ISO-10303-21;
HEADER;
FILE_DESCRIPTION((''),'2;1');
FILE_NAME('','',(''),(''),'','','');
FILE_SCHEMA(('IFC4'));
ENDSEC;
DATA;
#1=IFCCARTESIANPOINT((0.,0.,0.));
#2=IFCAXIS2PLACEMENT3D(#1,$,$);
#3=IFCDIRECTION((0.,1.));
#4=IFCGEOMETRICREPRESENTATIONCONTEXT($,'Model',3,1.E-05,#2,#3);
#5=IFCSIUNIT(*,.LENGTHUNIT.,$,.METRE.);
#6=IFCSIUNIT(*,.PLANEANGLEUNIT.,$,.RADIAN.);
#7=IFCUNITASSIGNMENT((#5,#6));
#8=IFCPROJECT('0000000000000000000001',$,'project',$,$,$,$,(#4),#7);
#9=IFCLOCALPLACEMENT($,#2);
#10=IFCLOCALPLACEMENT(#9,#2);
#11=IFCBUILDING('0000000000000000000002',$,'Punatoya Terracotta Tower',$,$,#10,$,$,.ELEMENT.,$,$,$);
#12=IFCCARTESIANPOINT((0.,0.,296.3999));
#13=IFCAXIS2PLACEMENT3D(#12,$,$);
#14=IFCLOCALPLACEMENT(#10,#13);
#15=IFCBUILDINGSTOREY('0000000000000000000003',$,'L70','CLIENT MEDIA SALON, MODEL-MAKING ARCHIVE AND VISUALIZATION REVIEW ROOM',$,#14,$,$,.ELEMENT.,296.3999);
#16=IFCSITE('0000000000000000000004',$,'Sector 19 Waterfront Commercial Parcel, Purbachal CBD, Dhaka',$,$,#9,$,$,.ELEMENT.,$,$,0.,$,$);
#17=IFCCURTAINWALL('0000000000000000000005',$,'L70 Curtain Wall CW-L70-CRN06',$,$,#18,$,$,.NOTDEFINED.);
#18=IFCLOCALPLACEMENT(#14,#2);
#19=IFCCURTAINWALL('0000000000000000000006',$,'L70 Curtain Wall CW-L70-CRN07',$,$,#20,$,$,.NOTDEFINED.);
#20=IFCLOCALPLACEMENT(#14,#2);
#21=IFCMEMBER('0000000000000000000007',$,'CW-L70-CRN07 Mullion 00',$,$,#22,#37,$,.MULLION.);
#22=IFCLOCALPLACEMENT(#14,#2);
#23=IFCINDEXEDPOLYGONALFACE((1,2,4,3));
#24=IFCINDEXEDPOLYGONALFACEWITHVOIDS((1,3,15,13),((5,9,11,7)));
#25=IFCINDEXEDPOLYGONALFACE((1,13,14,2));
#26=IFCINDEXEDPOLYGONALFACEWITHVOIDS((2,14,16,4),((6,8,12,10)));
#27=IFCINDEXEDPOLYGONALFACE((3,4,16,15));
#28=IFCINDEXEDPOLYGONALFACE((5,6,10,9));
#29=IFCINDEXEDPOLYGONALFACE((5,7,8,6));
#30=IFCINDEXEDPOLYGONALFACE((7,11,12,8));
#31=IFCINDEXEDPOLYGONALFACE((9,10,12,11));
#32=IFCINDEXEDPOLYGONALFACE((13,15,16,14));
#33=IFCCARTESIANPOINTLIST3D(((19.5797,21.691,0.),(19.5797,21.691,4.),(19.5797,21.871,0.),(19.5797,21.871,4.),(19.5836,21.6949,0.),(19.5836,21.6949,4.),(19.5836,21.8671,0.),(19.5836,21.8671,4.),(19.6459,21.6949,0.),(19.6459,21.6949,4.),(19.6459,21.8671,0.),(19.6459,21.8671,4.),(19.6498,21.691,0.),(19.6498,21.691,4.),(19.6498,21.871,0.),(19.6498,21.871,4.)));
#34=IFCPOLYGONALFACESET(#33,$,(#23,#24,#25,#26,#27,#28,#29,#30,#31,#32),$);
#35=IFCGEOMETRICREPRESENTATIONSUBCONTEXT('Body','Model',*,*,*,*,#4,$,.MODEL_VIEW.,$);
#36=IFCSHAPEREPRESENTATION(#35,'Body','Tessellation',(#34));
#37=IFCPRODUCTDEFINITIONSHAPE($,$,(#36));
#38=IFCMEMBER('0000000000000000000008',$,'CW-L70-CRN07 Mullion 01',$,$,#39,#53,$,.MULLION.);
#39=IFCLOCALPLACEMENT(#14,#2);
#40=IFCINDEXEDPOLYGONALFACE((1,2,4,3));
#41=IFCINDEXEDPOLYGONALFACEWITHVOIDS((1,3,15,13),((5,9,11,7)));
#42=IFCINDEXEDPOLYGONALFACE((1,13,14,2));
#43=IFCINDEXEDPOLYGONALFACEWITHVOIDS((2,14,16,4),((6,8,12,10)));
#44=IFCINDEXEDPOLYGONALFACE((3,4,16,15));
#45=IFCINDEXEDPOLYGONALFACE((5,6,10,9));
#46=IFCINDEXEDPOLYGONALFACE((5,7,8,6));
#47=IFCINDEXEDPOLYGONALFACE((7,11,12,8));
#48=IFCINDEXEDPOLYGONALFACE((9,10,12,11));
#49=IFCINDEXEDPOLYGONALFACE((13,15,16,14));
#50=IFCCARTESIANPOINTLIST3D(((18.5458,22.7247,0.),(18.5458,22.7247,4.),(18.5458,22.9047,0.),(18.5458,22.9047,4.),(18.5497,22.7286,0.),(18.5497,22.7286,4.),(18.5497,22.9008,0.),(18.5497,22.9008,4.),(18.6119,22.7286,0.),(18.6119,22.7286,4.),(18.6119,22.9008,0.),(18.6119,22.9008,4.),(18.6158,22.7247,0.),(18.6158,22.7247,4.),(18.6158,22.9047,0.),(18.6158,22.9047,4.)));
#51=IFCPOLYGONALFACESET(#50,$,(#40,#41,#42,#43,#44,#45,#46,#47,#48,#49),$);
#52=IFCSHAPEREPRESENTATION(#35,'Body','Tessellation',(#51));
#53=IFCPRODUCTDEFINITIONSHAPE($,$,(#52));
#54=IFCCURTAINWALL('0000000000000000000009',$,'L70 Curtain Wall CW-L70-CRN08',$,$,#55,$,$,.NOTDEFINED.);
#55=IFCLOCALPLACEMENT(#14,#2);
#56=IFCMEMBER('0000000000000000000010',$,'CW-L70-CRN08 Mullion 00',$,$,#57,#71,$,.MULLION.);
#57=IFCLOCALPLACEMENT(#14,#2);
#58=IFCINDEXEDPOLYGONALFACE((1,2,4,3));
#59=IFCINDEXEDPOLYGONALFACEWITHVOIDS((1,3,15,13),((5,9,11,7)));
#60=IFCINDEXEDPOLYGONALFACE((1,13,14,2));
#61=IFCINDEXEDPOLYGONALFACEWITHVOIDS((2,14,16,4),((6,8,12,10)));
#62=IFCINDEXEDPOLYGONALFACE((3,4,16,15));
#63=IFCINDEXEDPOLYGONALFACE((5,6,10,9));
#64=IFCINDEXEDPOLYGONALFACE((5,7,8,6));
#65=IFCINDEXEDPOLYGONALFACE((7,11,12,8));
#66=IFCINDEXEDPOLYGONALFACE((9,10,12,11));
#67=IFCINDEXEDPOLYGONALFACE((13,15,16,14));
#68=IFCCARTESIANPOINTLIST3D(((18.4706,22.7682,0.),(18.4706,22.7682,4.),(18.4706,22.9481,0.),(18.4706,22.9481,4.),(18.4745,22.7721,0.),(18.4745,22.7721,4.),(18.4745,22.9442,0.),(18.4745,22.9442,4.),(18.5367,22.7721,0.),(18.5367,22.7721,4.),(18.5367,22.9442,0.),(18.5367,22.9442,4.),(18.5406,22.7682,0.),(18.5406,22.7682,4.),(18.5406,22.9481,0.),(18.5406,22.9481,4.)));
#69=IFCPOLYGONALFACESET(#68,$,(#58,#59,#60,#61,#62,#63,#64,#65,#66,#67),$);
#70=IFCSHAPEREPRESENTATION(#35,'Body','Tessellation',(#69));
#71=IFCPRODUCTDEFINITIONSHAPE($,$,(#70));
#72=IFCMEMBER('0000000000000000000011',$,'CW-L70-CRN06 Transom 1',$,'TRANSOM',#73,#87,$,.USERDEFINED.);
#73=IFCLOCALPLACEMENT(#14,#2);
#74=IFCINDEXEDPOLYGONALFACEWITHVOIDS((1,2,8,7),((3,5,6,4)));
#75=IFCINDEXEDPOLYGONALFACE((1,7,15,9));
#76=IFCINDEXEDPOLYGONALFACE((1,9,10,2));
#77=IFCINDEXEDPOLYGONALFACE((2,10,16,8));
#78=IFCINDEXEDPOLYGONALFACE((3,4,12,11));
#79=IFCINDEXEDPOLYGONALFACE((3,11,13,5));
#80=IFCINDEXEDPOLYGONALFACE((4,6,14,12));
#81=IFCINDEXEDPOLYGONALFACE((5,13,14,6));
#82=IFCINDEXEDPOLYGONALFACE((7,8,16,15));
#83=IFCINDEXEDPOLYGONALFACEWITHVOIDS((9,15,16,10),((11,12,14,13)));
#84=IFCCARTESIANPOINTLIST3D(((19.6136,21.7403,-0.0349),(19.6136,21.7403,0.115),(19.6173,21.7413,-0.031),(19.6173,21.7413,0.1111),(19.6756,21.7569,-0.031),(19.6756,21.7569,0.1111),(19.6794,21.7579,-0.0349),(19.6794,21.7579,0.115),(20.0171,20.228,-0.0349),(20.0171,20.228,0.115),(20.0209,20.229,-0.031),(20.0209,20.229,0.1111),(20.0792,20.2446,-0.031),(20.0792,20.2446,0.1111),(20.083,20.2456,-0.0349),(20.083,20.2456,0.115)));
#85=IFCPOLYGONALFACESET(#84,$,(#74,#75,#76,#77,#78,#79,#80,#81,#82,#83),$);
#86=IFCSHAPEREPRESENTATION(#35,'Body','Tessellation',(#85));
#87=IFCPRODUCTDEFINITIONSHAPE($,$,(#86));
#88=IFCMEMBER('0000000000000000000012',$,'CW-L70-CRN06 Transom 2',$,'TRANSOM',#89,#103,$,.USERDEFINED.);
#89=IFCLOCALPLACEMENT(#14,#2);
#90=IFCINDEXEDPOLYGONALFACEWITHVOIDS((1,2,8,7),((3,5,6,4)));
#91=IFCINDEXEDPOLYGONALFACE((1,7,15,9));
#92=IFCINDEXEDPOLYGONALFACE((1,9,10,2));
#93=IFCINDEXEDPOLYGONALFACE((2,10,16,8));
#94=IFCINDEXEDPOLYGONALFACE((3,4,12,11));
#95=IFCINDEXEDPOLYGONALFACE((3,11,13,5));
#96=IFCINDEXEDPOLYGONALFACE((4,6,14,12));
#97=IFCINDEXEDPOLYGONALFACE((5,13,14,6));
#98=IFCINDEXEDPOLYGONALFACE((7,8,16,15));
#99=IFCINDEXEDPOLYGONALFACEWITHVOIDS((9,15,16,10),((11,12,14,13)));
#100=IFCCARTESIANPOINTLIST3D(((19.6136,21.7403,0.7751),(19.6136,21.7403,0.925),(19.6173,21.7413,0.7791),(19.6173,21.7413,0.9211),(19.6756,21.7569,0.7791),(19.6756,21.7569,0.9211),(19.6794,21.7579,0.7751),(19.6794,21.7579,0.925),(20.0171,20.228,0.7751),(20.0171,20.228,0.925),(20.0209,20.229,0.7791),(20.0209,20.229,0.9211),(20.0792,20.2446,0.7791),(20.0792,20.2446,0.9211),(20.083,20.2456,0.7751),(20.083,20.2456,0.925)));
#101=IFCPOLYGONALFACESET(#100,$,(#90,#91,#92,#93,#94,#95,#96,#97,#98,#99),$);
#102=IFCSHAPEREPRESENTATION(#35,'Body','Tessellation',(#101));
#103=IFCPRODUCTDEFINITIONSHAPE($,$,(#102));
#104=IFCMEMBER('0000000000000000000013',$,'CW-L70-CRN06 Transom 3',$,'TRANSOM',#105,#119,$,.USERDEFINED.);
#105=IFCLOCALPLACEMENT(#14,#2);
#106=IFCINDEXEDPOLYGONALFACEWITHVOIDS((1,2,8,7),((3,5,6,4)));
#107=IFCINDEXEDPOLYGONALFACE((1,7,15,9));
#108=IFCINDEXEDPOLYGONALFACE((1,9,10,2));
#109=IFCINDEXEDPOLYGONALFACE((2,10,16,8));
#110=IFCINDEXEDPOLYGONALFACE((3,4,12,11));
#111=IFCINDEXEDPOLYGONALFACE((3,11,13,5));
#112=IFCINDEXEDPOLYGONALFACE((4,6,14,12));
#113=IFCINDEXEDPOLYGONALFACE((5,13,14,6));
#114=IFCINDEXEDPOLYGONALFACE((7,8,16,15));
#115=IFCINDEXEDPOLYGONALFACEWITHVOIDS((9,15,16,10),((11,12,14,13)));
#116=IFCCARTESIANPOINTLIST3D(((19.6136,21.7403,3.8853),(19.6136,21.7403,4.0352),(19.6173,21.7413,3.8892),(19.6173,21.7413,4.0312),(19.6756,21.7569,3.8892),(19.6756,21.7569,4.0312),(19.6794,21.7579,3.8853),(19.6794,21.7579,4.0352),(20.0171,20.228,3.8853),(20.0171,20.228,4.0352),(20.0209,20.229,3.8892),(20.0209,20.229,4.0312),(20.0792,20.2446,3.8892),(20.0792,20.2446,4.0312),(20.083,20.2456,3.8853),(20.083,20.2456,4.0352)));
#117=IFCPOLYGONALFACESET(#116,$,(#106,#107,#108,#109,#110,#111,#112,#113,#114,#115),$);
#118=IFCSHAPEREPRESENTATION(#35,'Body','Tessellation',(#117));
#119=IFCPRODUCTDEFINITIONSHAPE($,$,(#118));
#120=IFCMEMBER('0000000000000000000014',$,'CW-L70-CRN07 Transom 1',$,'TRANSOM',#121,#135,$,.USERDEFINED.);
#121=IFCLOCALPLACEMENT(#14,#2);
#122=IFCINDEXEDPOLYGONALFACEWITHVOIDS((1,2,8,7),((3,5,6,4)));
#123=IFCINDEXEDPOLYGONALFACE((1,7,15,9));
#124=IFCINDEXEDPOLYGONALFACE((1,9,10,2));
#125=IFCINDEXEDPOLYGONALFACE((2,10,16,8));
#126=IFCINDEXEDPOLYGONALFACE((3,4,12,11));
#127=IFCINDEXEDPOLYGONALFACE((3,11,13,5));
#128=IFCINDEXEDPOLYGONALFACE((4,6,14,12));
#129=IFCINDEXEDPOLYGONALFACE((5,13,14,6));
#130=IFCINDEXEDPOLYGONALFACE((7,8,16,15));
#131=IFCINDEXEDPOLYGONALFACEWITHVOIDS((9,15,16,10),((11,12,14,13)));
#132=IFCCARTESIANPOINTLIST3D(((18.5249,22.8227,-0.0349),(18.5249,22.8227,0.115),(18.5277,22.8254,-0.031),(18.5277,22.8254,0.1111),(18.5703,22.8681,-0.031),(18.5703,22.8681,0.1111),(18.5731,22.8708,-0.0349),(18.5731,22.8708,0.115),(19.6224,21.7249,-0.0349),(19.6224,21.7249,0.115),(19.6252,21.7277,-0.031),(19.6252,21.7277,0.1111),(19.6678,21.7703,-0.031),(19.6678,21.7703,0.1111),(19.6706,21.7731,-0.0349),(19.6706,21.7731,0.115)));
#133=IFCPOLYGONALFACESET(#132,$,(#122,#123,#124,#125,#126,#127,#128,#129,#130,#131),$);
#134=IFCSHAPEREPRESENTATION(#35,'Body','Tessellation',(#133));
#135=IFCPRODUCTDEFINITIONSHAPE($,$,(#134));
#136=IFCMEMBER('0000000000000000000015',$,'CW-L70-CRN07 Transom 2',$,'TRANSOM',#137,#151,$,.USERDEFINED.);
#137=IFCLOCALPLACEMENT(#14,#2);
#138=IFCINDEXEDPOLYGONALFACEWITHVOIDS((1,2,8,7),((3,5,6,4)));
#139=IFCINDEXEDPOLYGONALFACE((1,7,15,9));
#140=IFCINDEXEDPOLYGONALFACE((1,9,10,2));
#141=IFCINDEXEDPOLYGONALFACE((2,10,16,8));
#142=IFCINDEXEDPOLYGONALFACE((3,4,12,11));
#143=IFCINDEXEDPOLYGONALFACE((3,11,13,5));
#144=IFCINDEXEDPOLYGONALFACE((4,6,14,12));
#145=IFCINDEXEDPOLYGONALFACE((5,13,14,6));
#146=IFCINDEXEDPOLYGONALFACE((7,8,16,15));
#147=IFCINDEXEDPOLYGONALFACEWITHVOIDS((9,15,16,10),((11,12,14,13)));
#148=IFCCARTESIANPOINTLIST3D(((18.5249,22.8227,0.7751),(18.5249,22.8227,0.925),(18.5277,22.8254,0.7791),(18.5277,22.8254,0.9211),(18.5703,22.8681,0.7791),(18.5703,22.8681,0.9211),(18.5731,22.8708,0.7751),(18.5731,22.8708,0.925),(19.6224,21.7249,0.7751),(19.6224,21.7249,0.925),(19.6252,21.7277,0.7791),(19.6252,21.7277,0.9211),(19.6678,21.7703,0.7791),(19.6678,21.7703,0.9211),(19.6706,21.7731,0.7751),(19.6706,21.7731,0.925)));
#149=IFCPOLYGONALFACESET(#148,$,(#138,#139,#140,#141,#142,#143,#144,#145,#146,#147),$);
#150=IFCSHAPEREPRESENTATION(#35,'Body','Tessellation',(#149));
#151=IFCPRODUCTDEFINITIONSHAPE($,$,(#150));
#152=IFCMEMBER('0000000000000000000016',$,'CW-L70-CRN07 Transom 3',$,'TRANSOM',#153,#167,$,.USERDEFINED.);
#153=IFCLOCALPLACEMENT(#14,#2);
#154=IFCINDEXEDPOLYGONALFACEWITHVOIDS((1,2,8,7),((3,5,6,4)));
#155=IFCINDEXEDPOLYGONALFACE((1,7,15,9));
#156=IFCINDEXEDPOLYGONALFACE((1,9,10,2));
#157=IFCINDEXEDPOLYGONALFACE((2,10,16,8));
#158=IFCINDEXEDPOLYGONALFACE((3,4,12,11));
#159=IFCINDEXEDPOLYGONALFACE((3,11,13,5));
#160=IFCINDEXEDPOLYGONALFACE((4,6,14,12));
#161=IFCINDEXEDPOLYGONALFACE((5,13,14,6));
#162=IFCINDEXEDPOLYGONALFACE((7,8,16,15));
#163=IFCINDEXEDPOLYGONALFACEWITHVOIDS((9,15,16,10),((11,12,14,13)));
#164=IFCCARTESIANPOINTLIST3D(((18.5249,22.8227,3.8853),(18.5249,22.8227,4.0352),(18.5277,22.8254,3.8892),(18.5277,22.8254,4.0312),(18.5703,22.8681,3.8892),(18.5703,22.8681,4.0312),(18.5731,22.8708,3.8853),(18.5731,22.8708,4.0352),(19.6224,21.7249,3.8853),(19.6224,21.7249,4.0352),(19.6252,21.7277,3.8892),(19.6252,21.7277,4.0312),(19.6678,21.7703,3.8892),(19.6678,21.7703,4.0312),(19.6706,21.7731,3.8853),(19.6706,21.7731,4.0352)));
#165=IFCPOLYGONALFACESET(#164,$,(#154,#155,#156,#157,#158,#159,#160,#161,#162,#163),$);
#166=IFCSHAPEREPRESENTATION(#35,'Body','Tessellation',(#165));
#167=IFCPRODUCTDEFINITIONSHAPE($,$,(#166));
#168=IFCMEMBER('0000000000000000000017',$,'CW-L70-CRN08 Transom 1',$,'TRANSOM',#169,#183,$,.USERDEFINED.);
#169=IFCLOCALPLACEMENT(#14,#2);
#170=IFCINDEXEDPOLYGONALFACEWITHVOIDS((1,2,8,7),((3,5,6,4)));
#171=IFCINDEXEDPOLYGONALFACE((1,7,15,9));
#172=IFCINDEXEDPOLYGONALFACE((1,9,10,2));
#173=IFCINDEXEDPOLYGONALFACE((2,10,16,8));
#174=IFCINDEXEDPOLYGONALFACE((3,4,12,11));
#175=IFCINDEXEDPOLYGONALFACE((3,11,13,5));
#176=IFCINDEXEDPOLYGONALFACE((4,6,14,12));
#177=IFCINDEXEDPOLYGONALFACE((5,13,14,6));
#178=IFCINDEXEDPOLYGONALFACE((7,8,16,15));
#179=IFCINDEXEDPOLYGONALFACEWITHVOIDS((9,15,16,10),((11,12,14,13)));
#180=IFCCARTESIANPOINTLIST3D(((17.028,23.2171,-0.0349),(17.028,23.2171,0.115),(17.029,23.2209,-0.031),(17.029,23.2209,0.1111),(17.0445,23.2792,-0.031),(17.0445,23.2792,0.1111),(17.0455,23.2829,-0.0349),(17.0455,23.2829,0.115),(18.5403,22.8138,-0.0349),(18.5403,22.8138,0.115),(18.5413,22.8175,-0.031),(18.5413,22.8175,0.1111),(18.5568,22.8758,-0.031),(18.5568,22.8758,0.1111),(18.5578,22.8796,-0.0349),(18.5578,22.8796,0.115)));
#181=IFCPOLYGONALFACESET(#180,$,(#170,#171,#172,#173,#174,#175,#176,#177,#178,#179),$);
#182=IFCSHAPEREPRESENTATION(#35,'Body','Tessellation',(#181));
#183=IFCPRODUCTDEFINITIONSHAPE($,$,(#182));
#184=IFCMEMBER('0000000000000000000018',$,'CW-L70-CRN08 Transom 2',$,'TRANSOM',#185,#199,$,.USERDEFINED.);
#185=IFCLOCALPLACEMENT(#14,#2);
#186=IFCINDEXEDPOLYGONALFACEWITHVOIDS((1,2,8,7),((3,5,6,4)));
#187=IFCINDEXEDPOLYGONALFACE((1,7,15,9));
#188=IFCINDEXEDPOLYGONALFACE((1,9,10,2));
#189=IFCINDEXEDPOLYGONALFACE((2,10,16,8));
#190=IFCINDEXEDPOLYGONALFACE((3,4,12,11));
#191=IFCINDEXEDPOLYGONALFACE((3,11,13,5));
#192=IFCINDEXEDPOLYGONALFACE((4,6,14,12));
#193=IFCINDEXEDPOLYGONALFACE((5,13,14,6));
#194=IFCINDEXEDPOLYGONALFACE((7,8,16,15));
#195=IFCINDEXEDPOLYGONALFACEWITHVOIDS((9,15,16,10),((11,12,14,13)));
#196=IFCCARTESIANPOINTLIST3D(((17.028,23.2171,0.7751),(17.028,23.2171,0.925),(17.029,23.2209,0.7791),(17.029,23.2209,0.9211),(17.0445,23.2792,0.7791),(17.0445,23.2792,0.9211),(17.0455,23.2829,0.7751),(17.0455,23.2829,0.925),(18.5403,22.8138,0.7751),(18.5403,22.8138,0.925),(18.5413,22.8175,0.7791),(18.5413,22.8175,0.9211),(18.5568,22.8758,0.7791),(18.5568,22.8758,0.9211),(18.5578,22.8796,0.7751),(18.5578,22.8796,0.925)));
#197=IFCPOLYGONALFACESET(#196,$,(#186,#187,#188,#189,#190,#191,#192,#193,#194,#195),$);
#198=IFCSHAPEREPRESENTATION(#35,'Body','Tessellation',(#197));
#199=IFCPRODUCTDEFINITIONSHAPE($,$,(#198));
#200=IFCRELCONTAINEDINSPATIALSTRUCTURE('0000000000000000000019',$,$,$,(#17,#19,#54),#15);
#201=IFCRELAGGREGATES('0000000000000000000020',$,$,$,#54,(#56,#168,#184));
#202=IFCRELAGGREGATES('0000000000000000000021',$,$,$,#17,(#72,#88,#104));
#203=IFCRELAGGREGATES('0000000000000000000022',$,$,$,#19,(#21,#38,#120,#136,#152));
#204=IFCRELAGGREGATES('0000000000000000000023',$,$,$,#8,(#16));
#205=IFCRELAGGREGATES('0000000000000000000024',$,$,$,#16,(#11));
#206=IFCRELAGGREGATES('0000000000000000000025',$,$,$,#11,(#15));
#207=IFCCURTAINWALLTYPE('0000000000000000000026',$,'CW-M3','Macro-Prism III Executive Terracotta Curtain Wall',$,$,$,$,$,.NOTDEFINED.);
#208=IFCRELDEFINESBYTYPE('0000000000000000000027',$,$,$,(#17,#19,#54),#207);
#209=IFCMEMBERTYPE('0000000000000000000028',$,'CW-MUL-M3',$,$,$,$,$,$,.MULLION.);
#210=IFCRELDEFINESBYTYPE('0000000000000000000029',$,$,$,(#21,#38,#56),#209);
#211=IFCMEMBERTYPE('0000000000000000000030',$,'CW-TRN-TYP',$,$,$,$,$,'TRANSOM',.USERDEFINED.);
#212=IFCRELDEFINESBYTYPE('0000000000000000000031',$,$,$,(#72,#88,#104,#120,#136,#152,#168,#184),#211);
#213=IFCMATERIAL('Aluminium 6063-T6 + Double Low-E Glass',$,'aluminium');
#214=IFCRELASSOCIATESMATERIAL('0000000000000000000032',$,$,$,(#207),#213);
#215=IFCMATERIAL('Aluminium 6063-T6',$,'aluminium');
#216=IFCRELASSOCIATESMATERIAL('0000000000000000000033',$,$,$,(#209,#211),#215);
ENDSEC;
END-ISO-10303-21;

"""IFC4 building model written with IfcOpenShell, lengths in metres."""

from ifc_helpers import new_model, si_unit, direction, frame, origin, origin_2d, place, context, subcontext, project, spatial, hollow_rectangle, extrude, material, material_profile, profile_set, type_object, element, aggregate, save


model = new_model("IFC4")

# Units and contexts
model_context = context("Model", 3, precision=1e-05, world=origin(), true_north=direction((0.0, 1.0)))
body_context = subcontext(model_context, "Body", "Model", "MODEL_VIEW")
ifc_project = project(units=[si_unit("LENGTHUNIT", "METRE"), si_unit("PLANEANGLEUNIT", "RADIAN")], contexts=[model_context])

# Site, building, storey
site_placement = place(None, origin())
site = spatial("IfcSite", under=ifc_project, at=site_placement, Name="Sector 19 Waterfront Commercial Parcel, Purbachal CBD, Dhaka", CompositionType="ELEMENT", RefElevation=0.0)
building_placement = place(site_placement, origin())
building = spatial("IfcBuilding", under=site, at=building_placement, Name="Punatoya Terracotta Tower", CompositionType="ELEMENT")
storey_placement = place(building_placement, frame((0.0, 0.0, 296.3999)))
storey = spatial("IfcBuildingStorey", under=building, at=storey_placement, Name="L70", Description="CLIENT MEDIA SALON, MODEL-MAKING ARCHIVE AND VISUALIZATION REVIEW ROOM", CompositionType="ELEMENT", Elevation=296.3999)

# Curtain walls, members
ifc_material_1 = material(Name="Aluminium 6063-T6 + Double Low-E Glass", Category="aluminium")
curtain_wall_type = type_object("IfcCurtainWallType", Name="CW-M3", Description="Macro-Prism III Executive Terracotta Curtain Wall", PredefinedType="NOTDEFINED", material=ifc_material_1)
ifc_material_2 = material(Name="Aluminium 6063-T6", Category="aluminium")
ifc_material_profile_1 = material_profile(ifc_material_2, hollow_rectangle(XDim=0.0701, YDim=0.1799, WallThickness=0.0039, at=origin_2d()))
ifc_profile_set_1 = profile_set([ifc_material_profile_1], Name="Aluminium 6063-T6")
member_type_1 = type_object("IfcMemberType", Name="CW-MUL-M3", PredefinedType="MULLION", material=ifc_profile_set_1)
curtain_wall_1_placement = place(storey_placement, origin())
curtain_wall_1 = element("IfcCurtainWall", 1, at=curtain_wall_1_placement, inside=storey, type_object=curtain_wall_type, Name="L70 Curtain Wall CW-L70-CRN06", PredefinedType="NOTDEFINED")
curtain_wall_2_placement = place(storey_placement, origin())
curtain_wall_2 = element("IfcCurtainWall", 2, at=curtain_wall_2_placement, inside=storey, type_object=curtain_wall_type, Name="L70 Curtain Wall CW-L70-CRN07", PredefinedType="NOTDEFINED")
member_1_placement = place(storey_placement, frame((19.6147, 21.781, 0.0), z_axis=(0.0, 0.0, 1.0), x_axis=(1.0, 0.0, 0.0)))
member_1 = element("IfcMember", 3, at=member_1_placement, type_object=member_type_1, Name="CW-L70-CRN07 Mullion 00", PredefinedType="MULLION", context=body_context, shape_type="SweptSolid", body=[
    extrude(hollow_rectangle(XDim=0.0701, YDim=0.1799, WallThickness=0.0039, at=origin_2d()), origin(), (0.0, 0.0, 1.0), 4.0),
])
member_2_placement = place(storey_placement, frame((18.5808, 22.8147, 0.0), z_axis=(0.0, 0.0, 1.0), x_axis=(1.0, 0.0, 0.0)))
member_2 = element("IfcMember", 4, at=member_2_placement, type_object=member_type_1, Name="CW-L70-CRN07 Mullion 01", PredefinedType="MULLION", context=body_context, shape_type="SweptSolid", body=[
    extrude(hollow_rectangle(XDim=0.0701, YDim=0.1799, WallThickness=0.0039, at=origin_2d()), origin(), (0.0, 0.0, 1.0), 4.0),
])

# Curtain wall, member
curtain_wall_3_placement = place(storey_placement, origin())
curtain_wall_3 = element("IfcCurtainWall", 5, at=curtain_wall_3_placement, inside=storey, type_object=curtain_wall_type, Name="L70 Curtain Wall CW-L70-CRN08", PredefinedType="NOTDEFINED")
member_3_placement = place(storey_placement, frame((18.5056, 22.8582, 0.0), z_axis=(0.0, 0.0, 1.0), x_axis=(1.0, 0.0, 0.0)))
member_3 = element("IfcMember", 6, at=member_3_placement, type_object=member_type_1, Name="CW-L70-CRN08 Mullion 00", PredefinedType="MULLION", context=body_context, shape_type="SweptSolid", body=[
    extrude(hollow_rectangle(XDim=0.0701, YDim=0.1799, WallThickness=0.0039, at=origin_2d()), origin(), (0.0, 0.0, 1.0), 4.0),
])

# Members
ifc_material_profile_2 = material_profile(ifc_material_2, hollow_rectangle(XDim=0.0681, YDim=0.1499, WallThickness=0.0039, at=origin_2d()))
ifc_profile_set_2 = profile_set([ifc_material_profile_2], Name="Aluminium 6063-T6")
member_type_2 = type_object("IfcMemberType", Name="CW-TRN-TYP", ElementType="TRANSOM", PredefinedType="USERDEFINED", material=ifc_profile_set_2)
member_4_placement = place(storey_placement, frame((20.05, 20.2368, 0.04), z_axis=(-0.257847, 0.966186, 0.0), x_axis=(-0.966186, -0.257847, 0.0)))
member_4 = element("IfcMember", 7, at=member_4_placement, type_object=member_type_2, Name="CW-L70-CRN06 Transom 1", ObjectType="TRANSOM", PredefinedType="USERDEFINED", context=body_context, shape_type="SweptSolid", body=[
    extrude(hollow_rectangle(XDim=0.0681, YDim=0.1499, WallThickness=0.0039, at=origin_2d()), origin(), (0.0, 0.0, 1.0), 1.5652),
])
member_5_placement = place(storey_placement, frame((20.05, 20.2368, 0.8501), z_axis=(-0.257847, 0.966186, 0.0), x_axis=(-0.966186, -0.257847, 0.0)))
member_5 = element("IfcMember", 8, at=member_5_placement, type_object=member_type_2, Name="CW-L70-CRN06 Transom 2", ObjectType="TRANSOM", PredefinedType="USERDEFINED", context=body_context, shape_type="SweptSolid", body=[
    extrude(hollow_rectangle(XDim=0.0681, YDim=0.1499, WallThickness=0.0039, at=origin_2d()), origin(), (0.0, 0.0, 1.0), 1.5652),
])
member_6_placement = place(storey_placement, frame((20.05, 20.2368, 3.9602), z_axis=(-0.257847, 0.966186, 0.0), x_axis=(-0.966186, -0.257847, 0.0)))
member_6 = element("IfcMember", 9, at=member_6_placement, type_object=member_type_2, Name="CW-L70-CRN06 Transom 3", ObjectType="TRANSOM", PredefinedType="USERDEFINED", context=body_context, shape_type="SweptSolid", body=[
    extrude(hollow_rectangle(XDim=0.0681, YDim=0.1499, WallThickness=0.0039, at=origin_2d()), origin(), (0.0, 0.0, 1.0), 1.5652),
])
member_7_placement = place(storey_placement, frame((19.6465, 21.749, 0.04), z_axis=(-0.707028, 0.707185, 0.0), x_axis=(-0.707185, -0.707028, 0.0)))
member_7 = element("IfcMember", 10, at=member_7_placement, type_object=member_type_2, Name="CW-L70-CRN07 Transom 1", ObjectType="TRANSOM", PredefinedType="USERDEFINED", context=body_context, shape_type="SweptSolid", body=[
    extrude(hollow_rectangle(XDim=0.0681, YDim=0.1499, WallThickness=0.0039, at=origin_2d()), origin(), (0.0, 0.0, 1.0), 1.5522),
])
member_8_placement = place(storey_placement, frame((19.6465, 21.749, 0.8501), z_axis=(-0.707028, 0.707185, 0.0), x_axis=(-0.707185, -0.707028, 0.0)))
member_8 = element("IfcMember", 11, at=member_8_placement, type_object=member_type_2, Name="CW-L70-CRN07 Transom 2", ObjectType="TRANSOM", PredefinedType="USERDEFINED", context=body_context, shape_type="SweptSolid", body=[
    extrude(hollow_rectangle(XDim=0.0681, YDim=0.1499, WallThickness=0.0039, at=origin_2d()), origin(), (0.0, 0.0, 1.0), 1.5522),
])
member_9_placement = place(storey_placement, frame((19.6465, 21.749, 3.9602), z_axis=(-0.707028, 0.707185, 0.0), x_axis=(-0.707185, -0.707028, 0.0)))
member_9 = element("IfcMember", 12, at=member_9_placement, type_object=member_type_2, Name="CW-L70-CRN07 Transom 3", ObjectType="TRANSOM", PredefinedType="USERDEFINED", context=body_context, shape_type="SweptSolid", body=[
    extrude(hollow_rectangle(XDim=0.0681, YDim=0.1499, WallThickness=0.0039, at=origin_2d()), origin(), (0.0, 0.0, 1.0), 1.5522),
])
member_10_placement = place(storey_placement, frame((18.5491, 22.8467, 0.04), z_axis=(-0.966225, 0.257701, 0.0), x_axis=(-0.257701, -0.966225, 0.0)))
member_10 = element("IfcMember", 13, at=member_10_placement, type_object=member_type_2, Name="CW-L70-CRN08 Transom 1", ObjectType="TRANSOM", PredefinedType="USERDEFINED", context=body_context, shape_type="SweptSolid", body=[
    extrude(hollow_rectangle(XDim=0.0681, YDim=0.1499, WallThickness=0.0039, at=origin_2d()), origin(), (0.0, 0.0, 1.0), 1.5652),
])
member_11_placement = place(storey_placement, frame((18.5491, 22.8467, 0.8501), z_axis=(-0.966225, 0.257701, 0.0), x_axis=(-0.257701, -0.966225, 0.0)))
member_11 = element("IfcMember", 14, at=member_11_placement, type_object=member_type_2, Name="CW-L70-CRN08 Transom 2", ObjectType="TRANSOM", PredefinedType="USERDEFINED", context=body_context, shape_type="SweptSolid", body=[
    extrude(hollow_rectangle(XDim=0.0681, YDim=0.1499, WallThickness=0.0039, at=origin_2d()), origin(), (0.0, 0.0, 1.0), 1.5652),
])

aggregate(curtain_wall_3, [member_3, member_10, member_11])
aggregate(curtain_wall_1, [member_4, member_5, member_6])
aggregate(curtain_wall_2, [member_1, member_2, member_7, member_8, member_9])

save(model, "model.ifc")
